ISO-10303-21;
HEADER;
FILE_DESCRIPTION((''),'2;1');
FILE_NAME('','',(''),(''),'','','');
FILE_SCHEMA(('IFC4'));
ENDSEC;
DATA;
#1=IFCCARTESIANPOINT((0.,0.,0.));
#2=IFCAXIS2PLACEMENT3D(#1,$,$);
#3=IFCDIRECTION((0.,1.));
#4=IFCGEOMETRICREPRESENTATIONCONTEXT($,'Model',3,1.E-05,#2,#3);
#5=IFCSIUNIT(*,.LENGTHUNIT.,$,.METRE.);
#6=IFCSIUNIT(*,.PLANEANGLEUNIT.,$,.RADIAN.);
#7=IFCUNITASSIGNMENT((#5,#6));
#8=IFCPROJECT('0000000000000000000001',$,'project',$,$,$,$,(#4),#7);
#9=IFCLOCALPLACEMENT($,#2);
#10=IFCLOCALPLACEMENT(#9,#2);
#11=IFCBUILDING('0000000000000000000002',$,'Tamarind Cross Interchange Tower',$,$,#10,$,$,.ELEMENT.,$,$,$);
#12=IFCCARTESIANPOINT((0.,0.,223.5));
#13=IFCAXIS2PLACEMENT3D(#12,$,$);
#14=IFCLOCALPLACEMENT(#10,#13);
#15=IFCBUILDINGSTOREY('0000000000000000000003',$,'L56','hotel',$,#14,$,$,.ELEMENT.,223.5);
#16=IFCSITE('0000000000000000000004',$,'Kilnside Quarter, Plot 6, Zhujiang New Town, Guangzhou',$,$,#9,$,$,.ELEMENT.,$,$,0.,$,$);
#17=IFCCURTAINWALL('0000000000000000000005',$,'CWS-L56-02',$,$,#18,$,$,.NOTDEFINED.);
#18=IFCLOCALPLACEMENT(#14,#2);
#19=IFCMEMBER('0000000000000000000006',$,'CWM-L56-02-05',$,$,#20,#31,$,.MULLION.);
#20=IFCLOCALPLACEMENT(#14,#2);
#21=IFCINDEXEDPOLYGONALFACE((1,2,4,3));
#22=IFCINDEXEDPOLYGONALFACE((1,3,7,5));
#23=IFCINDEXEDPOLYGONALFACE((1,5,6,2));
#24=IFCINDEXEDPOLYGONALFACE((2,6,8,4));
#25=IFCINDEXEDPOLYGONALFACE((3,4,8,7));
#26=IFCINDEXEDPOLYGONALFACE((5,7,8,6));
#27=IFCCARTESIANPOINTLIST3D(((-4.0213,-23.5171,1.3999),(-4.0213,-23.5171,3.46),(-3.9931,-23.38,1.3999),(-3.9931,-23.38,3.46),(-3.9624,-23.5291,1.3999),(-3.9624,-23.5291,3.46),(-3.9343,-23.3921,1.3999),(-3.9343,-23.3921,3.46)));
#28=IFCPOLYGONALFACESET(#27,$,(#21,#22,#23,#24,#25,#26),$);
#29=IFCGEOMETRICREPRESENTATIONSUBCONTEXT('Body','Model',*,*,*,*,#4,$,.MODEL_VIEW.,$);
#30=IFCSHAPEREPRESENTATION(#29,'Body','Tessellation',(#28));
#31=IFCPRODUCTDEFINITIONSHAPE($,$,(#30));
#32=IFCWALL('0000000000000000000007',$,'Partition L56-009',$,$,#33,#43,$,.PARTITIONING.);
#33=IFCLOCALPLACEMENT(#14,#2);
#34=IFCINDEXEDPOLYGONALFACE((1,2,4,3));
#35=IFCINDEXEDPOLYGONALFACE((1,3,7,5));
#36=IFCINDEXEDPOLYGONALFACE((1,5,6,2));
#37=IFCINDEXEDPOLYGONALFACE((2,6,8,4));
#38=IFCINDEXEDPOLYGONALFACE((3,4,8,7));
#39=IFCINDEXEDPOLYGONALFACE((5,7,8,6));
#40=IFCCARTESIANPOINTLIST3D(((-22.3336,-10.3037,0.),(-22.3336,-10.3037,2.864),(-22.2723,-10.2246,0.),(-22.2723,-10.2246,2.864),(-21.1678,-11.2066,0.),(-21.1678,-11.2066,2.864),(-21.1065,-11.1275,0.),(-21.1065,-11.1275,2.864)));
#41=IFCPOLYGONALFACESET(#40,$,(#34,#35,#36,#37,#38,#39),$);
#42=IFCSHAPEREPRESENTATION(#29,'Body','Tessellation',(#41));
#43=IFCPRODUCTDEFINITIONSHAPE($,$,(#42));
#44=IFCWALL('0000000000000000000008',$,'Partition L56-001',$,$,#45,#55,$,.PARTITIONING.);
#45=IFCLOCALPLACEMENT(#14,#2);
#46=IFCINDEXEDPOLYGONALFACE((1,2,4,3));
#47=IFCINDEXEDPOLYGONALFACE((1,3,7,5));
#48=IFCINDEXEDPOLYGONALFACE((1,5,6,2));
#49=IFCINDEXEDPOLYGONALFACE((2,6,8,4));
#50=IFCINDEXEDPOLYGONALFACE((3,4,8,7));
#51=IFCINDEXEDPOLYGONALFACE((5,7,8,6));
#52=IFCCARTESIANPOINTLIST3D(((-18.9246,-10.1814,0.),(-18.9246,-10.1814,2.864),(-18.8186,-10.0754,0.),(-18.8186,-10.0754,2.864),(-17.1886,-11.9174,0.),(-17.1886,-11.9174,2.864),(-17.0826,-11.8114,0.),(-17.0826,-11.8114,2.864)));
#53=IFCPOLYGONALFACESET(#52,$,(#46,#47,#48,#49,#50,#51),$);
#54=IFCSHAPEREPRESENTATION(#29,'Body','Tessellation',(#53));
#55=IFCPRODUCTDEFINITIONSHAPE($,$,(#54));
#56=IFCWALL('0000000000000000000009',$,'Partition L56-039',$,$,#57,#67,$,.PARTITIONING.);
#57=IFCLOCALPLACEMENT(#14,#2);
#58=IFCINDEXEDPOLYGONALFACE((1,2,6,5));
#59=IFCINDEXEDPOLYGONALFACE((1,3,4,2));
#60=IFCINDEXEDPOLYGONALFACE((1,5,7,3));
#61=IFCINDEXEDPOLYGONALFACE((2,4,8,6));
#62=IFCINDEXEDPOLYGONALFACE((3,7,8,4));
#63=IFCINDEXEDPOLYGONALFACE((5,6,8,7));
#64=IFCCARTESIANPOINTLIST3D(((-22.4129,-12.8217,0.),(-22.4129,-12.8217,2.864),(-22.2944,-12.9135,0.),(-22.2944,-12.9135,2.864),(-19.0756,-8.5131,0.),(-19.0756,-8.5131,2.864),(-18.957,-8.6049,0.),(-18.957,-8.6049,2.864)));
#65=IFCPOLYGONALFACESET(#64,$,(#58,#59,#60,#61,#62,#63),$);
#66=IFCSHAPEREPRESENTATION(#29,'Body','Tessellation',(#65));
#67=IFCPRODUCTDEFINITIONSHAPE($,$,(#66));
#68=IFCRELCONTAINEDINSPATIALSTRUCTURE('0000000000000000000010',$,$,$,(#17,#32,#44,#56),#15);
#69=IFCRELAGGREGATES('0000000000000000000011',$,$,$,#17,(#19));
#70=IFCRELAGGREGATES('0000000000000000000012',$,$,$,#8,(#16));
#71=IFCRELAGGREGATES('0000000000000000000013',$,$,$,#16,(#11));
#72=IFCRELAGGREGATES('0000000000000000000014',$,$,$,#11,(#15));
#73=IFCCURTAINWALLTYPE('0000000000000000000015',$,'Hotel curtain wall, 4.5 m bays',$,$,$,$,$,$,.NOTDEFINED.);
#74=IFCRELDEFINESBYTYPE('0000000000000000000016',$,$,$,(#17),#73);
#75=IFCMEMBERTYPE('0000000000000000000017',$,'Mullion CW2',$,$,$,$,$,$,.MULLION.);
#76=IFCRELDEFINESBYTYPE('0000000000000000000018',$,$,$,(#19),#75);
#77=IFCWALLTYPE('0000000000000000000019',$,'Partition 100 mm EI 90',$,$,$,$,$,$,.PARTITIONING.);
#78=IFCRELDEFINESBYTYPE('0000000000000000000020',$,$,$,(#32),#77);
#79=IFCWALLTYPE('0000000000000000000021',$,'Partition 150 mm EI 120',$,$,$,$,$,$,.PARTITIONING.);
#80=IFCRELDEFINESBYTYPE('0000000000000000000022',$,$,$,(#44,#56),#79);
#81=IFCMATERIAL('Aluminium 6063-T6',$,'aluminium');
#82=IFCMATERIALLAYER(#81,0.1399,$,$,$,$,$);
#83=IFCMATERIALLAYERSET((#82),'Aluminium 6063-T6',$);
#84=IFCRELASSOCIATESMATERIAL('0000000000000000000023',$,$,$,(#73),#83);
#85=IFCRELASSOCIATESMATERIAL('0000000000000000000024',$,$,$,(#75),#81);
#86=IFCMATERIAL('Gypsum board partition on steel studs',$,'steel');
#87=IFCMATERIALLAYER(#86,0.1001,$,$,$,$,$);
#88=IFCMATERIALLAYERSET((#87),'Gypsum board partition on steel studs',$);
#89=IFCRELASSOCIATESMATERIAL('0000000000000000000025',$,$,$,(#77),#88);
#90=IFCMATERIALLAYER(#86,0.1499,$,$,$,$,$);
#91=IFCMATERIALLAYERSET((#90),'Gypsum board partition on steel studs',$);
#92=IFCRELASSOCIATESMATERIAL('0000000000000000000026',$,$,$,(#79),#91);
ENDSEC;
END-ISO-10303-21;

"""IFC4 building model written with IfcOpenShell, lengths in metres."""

from ifc_helpers import new_model, si_unit, direction, frame, frame_2d, origin, origin_2d, place, context, subcontext, project, spatial, rectangle, extrude, material, layer, layer_set, material_profile, profile_set, type_object, element, aggregate, save


model = new_model("IFC4")

# Units and contexts
model_context = context("Model", 3, precision=1e-05, world=origin(), true_north=direction((0.0, 1.0)))
body_context = subcontext(model_context, "Body", "Model", "MODEL_VIEW")
ifc_project = project(units=[si_unit("LENGTHUNIT", "METRE"), si_unit("PLANEANGLEUNIT", "RADIAN")], contexts=[model_context])

# Site, building, storey
site_placement = place(None, origin())
site = spatial("IfcSite", under=ifc_project, at=site_placement, Name="Kilnside Quarter, Plot 6, Zhujiang New Town, Guangzhou", CompositionType="ELEMENT", RefElevation=0.0)
building_placement = place(site_placement, origin())
building = spatial("IfcBuilding", under=site, at=building_placement, Name="Tamarind Cross Interchange Tower", CompositionType="ELEMENT")
storey_placement = place(building_placement, frame((0.0, 0.0, 223.5)))
storey = spatial("IfcBuildingStorey", under=building, at=storey_placement, Name="L56", Description="hotel", CompositionType="ELEMENT", Elevation=223.5)

# Curtain wall, member
ifc_material_1 = material(Name="Aluminium 6063-T6", Category="aluminium")
ifc_layer_1 = layer(ifc_material_1, 0.1399)
ifc_layer_set_1 = layer_set([ifc_layer_1], Name="Aluminium 6063-T6")
curtain_wall_type = type_object("IfcCurtainWallType", Name="Hotel curtain wall, 4.5 m bays", PredefinedType="NOTDEFINED", material=ifc_layer_set_1)
curtain_wall_placement = place(storey_placement, origin())
curtain_wall = element("IfcCurtainWall", 1, at=curtain_wall_placement, inside=storey, type_object=curtain_wall_type, Name="CWS-L56-02", PredefinedType="NOTDEFINED")
ifc_material_profile_1 = material_profile(ifc_material_1, rectangle(XDim=0.0601, YDim=0.1399, at=origin_2d()), Name="Mullion CW2")
ifc_profile_set_1 = profile_set([ifc_material_profile_1], Name="Aluminium 6063-T6")
member_type = type_object("IfcMemberType", Name="Mullion CW2", PredefinedType="MULLION", material=ifc_profile_set_1)
member_1_placement = place(storey_placement, frame((-3.9778, -23.4546, 1.3999), z_axis=(0.0, 0.0, 1.0), x_axis=(0.979591, -0.201001, 0.0)))
member_1 = element("IfcMember", 2, at=member_1_placement, type_object=member_type, Name="CWM-L56-02-05", PredefinedType="MULLION", context=body_context, shape_type="SweptSolid", body=[
    extrude(rectangle(XDim=0.0601, YDim=0.1399, at=origin_2d()), origin(), (0.0, 0.0, 1.0), 2.0601),
])
aggregate(curtain_wall, [member_1])

# Walls
ifc_material_2 = material(Name="Gypsum board partition on steel studs", Category="steel")
ifc_layer_2 = layer(ifc_material_2, 0.1001)
ifc_layer_set_2 = layer_set([ifc_layer_2], Name="Gypsum board partition on steel studs")
wall_type_1 = type_object("IfcWallType", Name="Partition 100 mm EI 90", PredefinedType="PARTITIONING", material=ifc_layer_set_2)
wall_1_placement = place(storey_placement, frame((-22.303, -10.2642, 0.0), z_axis=(0.0, 0.0, 1.0), x_axis=(0.790625, -0.6123, 0.0)))
element("IfcWall", 3, at=wall_1_placement, inside=storey, type_object=wall_type_1, Name="Partition L56-009", PredefinedType="PARTITIONING", context=body_context, shape_type="SweptSolid", body=[
    extrude(rectangle(XDim=1.4746, YDim=0.1001, at=frame_2d((0.7373, 0.0))), origin(), (0.0, 0.0, 1.0), 2.864),
])
ifc_layer_3 = layer(ifc_material_2, 0.1499)
ifc_layer_set_3 = layer_set([ifc_layer_3], Name="Gypsum board partition on steel studs")
wall_type_2 = type_object("IfcWallType", Name="Partition 150 mm EI 120", PredefinedType="PARTITIONING", material=ifc_layer_set_3)
wall_2_placement = place(storey_placement, frame((-18.8716, -10.1284, 0.0), z_axis=(0.0, 0.0, 1.0), x_axis=(0.707107, -0.707107, 0.0)))
element("IfcWall", 4, at=wall_2_placement, inside=storey, type_object=wall_type_2, Name="Partition L56-001", PredefinedType="PARTITIONING", context=body_context, shape_type="SweptSolid", body=[
    extrude(rectangle(XDim=2.4551, YDim=0.1499, at=frame_2d((1.2275, 0.0))), origin(), (0.0, 0.0, 1.0), 2.864),
])
wall_3_placement = place(storey_placement, frame((-22.3538, -12.8677, 0.0), z_axis=(0.0, 0.0, 1.0), x_axis=(0.61237, 0.790571, 0.0)))
element("IfcWall", 5, at=wall_3_placement, inside=storey, type_object=wall_type_2, Name="Partition L56-039", PredefinedType="PARTITIONING", context=body_context, shape_type="SweptSolid", body=[
    extrude(rectangle(XDim=5.45, YDim=0.1499, at=frame_2d((2.7251, 0.0))), origin(), (0.0, 0.0, 1.0), 2.864),
])

save(model, "model.ifc")
